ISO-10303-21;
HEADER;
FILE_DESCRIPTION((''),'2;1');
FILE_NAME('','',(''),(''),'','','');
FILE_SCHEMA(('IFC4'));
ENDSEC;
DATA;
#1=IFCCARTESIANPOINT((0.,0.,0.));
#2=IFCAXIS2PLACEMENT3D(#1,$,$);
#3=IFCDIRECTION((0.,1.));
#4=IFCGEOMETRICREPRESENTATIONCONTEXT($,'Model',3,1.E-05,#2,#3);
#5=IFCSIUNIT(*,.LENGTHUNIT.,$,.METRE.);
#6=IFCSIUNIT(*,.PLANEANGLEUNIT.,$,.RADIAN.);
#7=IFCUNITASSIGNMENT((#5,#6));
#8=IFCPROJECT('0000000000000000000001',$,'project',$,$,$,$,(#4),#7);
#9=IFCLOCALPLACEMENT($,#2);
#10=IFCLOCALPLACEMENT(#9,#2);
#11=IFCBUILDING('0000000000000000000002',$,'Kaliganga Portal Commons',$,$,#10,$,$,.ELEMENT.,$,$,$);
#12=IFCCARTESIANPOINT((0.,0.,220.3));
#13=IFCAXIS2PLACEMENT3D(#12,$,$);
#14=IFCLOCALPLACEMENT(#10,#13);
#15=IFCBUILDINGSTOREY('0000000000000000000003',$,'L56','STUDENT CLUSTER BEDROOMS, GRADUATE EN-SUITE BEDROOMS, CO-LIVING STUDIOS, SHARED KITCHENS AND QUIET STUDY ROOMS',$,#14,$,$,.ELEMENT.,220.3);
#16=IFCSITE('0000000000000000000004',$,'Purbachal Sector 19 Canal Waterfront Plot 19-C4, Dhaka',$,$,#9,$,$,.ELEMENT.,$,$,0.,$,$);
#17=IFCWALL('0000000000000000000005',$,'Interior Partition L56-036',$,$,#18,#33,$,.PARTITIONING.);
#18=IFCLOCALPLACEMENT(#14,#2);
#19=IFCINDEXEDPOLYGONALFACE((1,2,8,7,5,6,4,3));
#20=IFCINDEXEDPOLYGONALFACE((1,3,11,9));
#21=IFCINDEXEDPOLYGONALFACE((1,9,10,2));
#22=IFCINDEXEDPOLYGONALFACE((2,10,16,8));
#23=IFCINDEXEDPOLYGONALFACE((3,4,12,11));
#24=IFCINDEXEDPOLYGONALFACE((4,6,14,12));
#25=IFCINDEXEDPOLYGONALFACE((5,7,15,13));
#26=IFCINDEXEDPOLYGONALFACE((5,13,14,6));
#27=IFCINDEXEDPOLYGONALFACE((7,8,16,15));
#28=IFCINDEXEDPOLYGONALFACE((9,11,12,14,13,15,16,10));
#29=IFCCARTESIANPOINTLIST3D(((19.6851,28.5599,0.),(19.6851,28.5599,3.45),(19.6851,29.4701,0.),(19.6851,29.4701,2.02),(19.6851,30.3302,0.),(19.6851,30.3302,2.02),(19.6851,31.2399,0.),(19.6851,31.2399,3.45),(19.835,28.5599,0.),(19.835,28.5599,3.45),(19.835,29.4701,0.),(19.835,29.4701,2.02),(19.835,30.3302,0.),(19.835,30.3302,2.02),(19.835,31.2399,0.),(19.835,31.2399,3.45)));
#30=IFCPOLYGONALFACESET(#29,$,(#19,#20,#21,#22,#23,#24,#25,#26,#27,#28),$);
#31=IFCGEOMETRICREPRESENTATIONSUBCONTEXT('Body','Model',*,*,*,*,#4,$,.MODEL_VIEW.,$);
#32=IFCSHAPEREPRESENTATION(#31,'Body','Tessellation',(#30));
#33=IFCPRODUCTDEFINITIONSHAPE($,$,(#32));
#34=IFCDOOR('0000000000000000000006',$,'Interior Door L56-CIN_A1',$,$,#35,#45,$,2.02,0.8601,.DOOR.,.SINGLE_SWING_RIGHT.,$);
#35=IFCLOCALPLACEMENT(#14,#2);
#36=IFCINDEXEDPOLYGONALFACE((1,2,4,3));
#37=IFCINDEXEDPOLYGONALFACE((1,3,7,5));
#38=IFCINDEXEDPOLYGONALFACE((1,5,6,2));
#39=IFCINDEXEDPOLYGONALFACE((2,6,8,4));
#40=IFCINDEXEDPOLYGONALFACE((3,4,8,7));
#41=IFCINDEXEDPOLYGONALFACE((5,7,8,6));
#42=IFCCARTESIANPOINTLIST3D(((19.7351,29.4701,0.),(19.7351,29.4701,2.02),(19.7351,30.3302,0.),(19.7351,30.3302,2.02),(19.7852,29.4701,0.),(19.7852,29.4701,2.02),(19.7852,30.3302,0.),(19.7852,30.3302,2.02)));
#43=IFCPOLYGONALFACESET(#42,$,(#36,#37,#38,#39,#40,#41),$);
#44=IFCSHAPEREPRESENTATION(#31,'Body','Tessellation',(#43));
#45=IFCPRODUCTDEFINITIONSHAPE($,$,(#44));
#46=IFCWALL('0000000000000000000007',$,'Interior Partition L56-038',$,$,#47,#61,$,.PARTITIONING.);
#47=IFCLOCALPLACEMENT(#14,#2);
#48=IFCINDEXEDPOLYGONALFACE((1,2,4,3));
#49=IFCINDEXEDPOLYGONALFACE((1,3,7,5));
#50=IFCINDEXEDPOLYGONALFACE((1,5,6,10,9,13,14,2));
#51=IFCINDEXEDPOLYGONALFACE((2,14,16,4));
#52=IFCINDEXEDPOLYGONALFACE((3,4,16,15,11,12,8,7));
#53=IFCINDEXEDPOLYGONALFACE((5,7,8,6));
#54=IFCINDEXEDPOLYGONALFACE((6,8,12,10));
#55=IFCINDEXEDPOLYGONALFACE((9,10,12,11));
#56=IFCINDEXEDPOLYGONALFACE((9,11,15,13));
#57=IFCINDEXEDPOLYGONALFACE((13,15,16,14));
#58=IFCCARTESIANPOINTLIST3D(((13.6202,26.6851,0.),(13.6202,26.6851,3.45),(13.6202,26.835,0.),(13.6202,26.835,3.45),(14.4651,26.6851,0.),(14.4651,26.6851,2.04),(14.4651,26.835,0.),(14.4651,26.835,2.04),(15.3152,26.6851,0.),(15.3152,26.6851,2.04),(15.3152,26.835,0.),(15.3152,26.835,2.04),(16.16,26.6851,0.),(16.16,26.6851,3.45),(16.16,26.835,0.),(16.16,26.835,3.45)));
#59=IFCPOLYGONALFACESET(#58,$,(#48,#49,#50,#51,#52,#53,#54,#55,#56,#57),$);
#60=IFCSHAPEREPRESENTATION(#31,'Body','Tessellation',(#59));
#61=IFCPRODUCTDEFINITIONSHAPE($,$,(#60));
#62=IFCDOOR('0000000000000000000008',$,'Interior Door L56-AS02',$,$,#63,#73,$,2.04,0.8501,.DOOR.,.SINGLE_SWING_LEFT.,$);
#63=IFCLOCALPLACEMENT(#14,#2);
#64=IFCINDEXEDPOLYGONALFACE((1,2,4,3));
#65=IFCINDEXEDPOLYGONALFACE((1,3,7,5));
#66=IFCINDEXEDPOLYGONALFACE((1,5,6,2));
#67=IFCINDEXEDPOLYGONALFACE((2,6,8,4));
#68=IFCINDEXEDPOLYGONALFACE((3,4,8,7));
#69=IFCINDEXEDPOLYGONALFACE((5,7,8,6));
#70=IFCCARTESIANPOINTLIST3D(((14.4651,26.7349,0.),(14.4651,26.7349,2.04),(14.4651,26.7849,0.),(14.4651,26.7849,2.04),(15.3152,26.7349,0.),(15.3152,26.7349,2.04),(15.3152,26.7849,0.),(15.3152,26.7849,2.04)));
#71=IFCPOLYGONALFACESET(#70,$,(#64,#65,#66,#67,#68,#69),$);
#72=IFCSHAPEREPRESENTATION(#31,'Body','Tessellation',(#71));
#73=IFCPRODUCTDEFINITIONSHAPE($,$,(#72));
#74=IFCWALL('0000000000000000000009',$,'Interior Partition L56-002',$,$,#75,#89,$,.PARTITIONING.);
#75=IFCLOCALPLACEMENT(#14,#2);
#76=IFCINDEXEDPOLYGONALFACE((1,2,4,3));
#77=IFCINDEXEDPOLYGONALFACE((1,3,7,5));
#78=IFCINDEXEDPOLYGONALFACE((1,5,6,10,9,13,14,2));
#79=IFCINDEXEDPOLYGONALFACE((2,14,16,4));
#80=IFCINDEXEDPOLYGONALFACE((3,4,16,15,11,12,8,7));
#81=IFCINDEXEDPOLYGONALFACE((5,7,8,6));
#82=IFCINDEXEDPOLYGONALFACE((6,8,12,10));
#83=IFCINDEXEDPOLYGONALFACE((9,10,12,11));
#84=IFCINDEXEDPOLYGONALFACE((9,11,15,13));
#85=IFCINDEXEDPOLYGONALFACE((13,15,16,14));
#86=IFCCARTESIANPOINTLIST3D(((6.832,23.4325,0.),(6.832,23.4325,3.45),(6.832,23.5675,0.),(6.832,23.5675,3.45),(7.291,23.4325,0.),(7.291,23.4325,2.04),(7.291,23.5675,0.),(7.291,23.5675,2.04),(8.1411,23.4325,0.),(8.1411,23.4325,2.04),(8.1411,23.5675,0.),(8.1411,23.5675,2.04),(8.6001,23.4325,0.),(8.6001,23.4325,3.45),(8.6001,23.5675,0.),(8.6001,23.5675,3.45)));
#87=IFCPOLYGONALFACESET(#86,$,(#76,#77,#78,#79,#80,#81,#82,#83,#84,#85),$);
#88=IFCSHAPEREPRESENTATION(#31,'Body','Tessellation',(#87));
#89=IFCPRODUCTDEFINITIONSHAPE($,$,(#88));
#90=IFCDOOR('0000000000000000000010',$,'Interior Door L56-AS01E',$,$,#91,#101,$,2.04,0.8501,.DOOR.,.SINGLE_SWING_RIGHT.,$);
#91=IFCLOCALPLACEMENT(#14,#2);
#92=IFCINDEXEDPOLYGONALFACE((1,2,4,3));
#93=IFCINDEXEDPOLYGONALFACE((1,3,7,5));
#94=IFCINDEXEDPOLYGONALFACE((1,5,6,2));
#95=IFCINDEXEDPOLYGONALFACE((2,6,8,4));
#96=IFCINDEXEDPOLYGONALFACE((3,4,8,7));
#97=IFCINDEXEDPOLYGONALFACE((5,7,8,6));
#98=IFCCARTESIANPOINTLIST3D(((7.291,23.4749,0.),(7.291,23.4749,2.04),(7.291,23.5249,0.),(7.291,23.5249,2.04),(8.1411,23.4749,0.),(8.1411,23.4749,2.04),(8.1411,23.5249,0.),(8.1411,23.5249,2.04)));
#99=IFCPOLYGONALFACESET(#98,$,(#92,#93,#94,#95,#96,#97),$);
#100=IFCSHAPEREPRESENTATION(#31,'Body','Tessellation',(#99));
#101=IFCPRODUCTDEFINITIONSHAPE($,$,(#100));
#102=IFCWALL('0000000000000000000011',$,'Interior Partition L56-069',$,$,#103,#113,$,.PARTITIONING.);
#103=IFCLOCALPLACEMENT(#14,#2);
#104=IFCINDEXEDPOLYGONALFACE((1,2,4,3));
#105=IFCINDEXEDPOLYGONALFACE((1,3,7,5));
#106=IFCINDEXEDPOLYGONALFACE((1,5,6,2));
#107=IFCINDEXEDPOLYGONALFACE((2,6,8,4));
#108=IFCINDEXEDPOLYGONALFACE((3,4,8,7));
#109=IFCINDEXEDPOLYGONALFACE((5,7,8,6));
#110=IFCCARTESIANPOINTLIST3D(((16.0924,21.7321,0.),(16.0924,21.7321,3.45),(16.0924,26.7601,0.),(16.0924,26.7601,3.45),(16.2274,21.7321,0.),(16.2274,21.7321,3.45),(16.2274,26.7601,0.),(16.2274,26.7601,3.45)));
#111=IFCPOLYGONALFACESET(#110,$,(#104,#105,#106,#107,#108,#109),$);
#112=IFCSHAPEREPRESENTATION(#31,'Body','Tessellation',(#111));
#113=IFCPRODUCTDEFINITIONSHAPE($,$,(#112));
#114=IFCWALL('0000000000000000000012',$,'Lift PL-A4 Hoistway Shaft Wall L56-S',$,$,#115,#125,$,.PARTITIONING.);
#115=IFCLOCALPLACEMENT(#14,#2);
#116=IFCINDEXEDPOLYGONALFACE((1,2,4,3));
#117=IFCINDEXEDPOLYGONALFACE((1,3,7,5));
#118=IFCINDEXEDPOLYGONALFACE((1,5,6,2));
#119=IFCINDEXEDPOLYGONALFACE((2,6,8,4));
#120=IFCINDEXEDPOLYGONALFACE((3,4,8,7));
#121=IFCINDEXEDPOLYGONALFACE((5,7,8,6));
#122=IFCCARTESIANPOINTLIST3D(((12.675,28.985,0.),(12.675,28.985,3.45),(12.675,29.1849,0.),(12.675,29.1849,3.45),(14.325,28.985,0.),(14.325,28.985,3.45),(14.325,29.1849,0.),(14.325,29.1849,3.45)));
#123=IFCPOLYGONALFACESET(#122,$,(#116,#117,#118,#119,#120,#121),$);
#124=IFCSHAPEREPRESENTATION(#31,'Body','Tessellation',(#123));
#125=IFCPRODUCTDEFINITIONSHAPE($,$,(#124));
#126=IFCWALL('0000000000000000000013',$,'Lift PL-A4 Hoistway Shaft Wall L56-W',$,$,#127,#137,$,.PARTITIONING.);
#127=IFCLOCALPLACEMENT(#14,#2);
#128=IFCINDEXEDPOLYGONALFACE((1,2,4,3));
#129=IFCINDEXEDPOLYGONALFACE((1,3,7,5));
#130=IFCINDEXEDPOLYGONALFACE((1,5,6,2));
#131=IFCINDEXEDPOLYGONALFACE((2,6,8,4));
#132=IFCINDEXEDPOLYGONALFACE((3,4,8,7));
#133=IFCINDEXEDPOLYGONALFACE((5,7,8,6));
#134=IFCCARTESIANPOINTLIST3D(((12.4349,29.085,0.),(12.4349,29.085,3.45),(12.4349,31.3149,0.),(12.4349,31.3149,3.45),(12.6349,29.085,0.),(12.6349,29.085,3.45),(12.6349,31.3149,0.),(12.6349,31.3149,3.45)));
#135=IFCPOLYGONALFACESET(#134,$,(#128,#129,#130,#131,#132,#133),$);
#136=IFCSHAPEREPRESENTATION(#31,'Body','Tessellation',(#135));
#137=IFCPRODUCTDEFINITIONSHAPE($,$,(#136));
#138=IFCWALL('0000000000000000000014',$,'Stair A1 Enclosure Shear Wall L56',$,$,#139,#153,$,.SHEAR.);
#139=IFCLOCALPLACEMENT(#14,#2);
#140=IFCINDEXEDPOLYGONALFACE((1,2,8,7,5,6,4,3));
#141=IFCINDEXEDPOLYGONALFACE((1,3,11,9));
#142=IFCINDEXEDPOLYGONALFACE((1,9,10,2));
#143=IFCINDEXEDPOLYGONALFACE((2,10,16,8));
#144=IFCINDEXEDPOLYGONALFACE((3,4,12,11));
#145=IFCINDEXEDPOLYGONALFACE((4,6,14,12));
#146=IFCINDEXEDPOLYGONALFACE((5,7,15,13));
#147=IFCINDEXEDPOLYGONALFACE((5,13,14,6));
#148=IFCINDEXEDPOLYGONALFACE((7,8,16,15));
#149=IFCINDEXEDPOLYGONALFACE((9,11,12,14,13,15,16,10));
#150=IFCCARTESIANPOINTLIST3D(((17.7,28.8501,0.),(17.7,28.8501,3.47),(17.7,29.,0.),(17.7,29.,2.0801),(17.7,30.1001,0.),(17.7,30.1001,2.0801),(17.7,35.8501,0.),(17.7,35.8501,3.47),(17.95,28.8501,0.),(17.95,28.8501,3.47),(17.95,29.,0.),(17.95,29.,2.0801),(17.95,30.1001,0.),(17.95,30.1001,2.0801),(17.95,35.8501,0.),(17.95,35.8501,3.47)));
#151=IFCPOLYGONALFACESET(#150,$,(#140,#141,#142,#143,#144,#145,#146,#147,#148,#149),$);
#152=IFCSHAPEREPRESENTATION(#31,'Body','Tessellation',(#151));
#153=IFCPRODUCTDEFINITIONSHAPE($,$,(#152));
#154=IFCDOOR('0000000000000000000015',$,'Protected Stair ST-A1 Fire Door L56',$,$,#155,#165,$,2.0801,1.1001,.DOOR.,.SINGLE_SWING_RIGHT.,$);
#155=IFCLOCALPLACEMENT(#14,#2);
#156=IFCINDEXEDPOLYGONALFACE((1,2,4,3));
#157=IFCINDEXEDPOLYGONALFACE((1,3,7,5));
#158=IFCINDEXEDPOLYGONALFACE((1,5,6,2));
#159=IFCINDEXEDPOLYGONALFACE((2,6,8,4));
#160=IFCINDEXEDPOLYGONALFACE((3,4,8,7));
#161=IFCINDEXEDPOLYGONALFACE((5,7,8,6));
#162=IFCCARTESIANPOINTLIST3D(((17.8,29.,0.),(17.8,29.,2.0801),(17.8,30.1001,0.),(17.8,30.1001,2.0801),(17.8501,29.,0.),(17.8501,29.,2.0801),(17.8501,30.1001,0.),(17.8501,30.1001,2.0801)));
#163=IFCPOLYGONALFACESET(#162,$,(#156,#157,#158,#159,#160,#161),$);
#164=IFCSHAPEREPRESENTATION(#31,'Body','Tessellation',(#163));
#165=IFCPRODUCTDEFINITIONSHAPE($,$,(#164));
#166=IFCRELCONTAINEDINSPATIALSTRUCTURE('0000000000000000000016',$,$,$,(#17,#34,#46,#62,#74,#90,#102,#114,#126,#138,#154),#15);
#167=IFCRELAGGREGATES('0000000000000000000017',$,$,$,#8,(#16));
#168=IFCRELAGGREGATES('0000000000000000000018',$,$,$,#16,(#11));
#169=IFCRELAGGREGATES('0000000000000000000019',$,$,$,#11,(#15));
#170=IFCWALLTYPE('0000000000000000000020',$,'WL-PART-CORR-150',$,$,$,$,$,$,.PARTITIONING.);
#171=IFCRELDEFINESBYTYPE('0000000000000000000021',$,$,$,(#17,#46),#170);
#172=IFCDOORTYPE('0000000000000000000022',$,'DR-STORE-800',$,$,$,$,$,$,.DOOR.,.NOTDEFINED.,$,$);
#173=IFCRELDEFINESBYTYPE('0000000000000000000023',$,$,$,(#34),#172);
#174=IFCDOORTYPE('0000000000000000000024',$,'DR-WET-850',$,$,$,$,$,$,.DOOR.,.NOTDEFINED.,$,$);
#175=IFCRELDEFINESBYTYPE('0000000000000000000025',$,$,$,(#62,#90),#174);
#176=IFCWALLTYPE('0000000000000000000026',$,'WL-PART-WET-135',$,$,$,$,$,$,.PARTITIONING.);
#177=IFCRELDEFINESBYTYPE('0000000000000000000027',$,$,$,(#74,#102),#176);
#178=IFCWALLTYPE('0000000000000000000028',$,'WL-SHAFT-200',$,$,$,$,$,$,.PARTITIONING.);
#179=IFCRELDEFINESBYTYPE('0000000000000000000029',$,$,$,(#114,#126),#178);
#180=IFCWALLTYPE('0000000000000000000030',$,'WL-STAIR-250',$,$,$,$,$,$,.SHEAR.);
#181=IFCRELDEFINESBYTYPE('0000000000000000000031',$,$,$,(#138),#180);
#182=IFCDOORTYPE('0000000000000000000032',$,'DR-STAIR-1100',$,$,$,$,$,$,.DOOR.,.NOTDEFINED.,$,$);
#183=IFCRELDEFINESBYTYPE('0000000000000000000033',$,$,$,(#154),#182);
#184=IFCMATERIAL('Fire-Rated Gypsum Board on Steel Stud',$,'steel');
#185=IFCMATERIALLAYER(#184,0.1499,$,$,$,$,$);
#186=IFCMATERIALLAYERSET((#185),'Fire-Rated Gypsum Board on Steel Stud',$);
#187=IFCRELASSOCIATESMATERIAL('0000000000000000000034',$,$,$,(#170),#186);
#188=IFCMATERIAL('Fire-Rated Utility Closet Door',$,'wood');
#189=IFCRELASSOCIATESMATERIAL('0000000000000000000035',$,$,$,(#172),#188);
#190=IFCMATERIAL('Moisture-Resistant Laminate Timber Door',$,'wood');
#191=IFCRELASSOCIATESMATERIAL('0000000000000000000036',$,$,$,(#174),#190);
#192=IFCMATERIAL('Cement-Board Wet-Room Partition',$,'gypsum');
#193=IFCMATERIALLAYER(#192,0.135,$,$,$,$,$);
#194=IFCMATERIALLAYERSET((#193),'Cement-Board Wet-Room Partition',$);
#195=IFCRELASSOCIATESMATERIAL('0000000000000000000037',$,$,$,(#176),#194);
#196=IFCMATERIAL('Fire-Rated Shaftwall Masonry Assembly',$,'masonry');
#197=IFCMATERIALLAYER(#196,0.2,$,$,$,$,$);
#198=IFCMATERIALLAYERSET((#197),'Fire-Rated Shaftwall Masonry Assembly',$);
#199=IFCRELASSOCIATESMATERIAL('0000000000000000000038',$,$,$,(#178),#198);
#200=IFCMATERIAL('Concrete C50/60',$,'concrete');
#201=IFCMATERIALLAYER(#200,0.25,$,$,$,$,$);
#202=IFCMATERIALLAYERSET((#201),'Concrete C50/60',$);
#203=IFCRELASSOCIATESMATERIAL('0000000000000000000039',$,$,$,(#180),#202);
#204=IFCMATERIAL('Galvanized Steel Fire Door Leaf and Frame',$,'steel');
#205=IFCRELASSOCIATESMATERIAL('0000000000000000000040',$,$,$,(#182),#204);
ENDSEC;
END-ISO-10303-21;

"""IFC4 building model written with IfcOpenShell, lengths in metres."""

from ifc_helpers import new_model, si_unit, direction, frame, frame_2d, origin, place, context, subcontext, project, spatial, rectangle, extrude, material, layer, layer_set, type_object, element, fill, save


model = new_model("IFC4")

# Units and contexts
model_context = context("Model", 3, precision=1e-05, world=origin(), true_north=direction((0.0, 1.0)))
body_context = subcontext(model_context, "Body", "Model", "MODEL_VIEW")
ifc_project = project(units=[si_unit("LENGTHUNIT", "METRE"), si_unit("PLANEANGLEUNIT", "RADIAN")], contexts=[model_context])

# Site, building, storey
site_placement = place(None, origin())
site = spatial("IfcSite", under=ifc_project, at=site_placement, Name="Purbachal Sector 19 Canal Waterfront Plot 19-C4, Dhaka", CompositionType="ELEMENT", RefElevation=0.0)
building_placement = place(site_placement, origin())
building = spatial("IfcBuilding", under=site, at=building_placement, Name="Kaliganga Portal Commons", CompositionType="ELEMENT")
storey_placement = place(building_placement, frame((0.0, 0.0, 220.3)))
storey = spatial("IfcBuildingStorey", under=building, at=storey_placement, Name="L56", Description="STUDENT CLUSTER BEDROOMS, GRADUATE EN-SUITE BEDROOMS, CO-LIVING STUDIOS, SHARED KITCHENS AND QUIET STUDY ROOMS", CompositionType="ELEMENT", Elevation=220.3)

# Shared definitions
ifc_material_1 = material(Name="Concrete C50/60", Category="concrete")

# Walls, openings, doors
ifc_material_2 = material(Name="Fire-Rated Gypsum Board on Steel Stud", Category="steel")
ifc_layer_1 = layer(ifc_material_2, 0.1499)
ifc_layer_set_1 = layer_set([ifc_layer_1], Name="Fire-Rated Gypsum Board on Steel Stud")
wall_type_1 = type_object("IfcWallType", Name="WL-PART-CORR-150", PredefinedType="PARTITIONING", material=ifc_layer_set_1)
wall_1_placement = place(storey_placement, frame((19.76, 28.5601, 0.0), z_axis=(0.0, 0.0, 1.0), x_axis=(0.0, 1.0, 0.0)))
wall_1 = element("IfcWall", 1, at=wall_1_placement, inside=storey, type_object=wall_type_1, Name="Interior Partition L56-036", PredefinedType="PARTITIONING", context=body_context, shape_type="SweptSolid", body=[
    extrude(rectangle(XDim=2.6799, YDim=0.1499, at=frame_2d((1.3398, 0.0))), origin(), (0.0, 0.0, 1.0), 3.45),
])
opening_1_placement = place(wall_1_placement, frame((0.9099, 0.0, 0.0)))
opening_1 = element("IfcOpeningElement", 2, at=opening_1_placement, cuts=wall_1, PredefinedType="OPENING", context=body_context, shape_type="SweptSolid", body=[
    extrude(rectangle(XDim=0.8601, YDim=2.02, at=frame_2d((0.4302, 1.01))), frame((0.0, 0.085, 0.0), z_axis=(0.0, -1.0, 0.0), x_axis=(1.0, 0.0, 0.0)), (0.0, 0.0, 1.0), 0.1699),
])
ifc_material_3 = material(Name="Fire-Rated Utility Closet Door", Category="wood")
door_type_1 = type_object("IfcDoorType", Name="DR-STORE-800", OperationType="NOTDEFINED", PredefinedType="DOOR", material=ifc_material_3)
door_1_placement = place(opening_1_placement, origin())
door_1 = element("IfcDoor", 3, at=door_1_placement, inside=storey, type_object=door_type_1, Name="Interior Door L56-CIN_A1", OperationType="SINGLE_SWING_RIGHT", OverallHeight=2.02, OverallWidth=0.8601, PredefinedType="DOOR", context=body_context, shape_type="SweptSolid", body=[
    extrude(rectangle(XDim=0.8601, YDim=2.02, at=frame_2d((0.4302, 1.01))), frame((0.0, 0.0249, 0.0), z_axis=(0.0, -1.0, 0.0), x_axis=(1.0, 0.0, 0.0)), (0.0, 0.0, 1.0), 0.05),
])
fill(opening_1, door_1)
wall_2_placement = place(storey_placement, frame((13.6201, 26.76, 0.0), z_axis=(0.0, 0.0, 1.0), x_axis=(1.0, 0.0, 0.0)))
wall_2 = element("IfcWall", 4, at=wall_2_placement, inside=storey, type_object=wall_type_1, Name="Interior Partition L56-038", PredefinedType="PARTITIONING", context=body_context, shape_type="SweptSolid", body=[
    extrude(rectangle(XDim=2.5398, YDim=0.1499, at=frame_2d((1.27, 0.0))), origin(), (0.0, 0.0, 1.0), 3.45),
])
opening_2_placement = place(wall_2_placement, frame((0.845, 0.0, 0.0)))
opening_2 = element("IfcOpeningElement", 5, at=opening_2_placement, cuts=wall_2, PredefinedType="OPENING", context=body_context, shape_type="SweptSolid", body=[
    extrude(rectangle(XDim=0.8501, YDim=2.04, at=frame_2d((0.425, 1.02))), frame((0.0, 0.085, 0.0), z_axis=(0.0, -1.0, 0.0), x_axis=(1.0, 0.0, 0.0)), (0.0, 0.0, 1.0), 0.1699),
])
ifc_material_4 = material(Name="Moisture-Resistant Laminate Timber Door", Category="wood")
door_type_2 = type_object("IfcDoorType", Name="DR-WET-850", OperationType="NOTDEFINED", PredefinedType="DOOR", material=ifc_material_4)
door_2_placement = place(opening_2_placement, origin())
door_2 = element("IfcDoor", 6, at=door_2_placement, inside=storey, type_object=door_type_2, Name="Interior Door L56-AS02", OperationType="SINGLE_SWING_LEFT", OverallHeight=2.04, OverallWidth=0.8501, PredefinedType="DOOR", context=body_context, shape_type="SweptSolid", body=[
    extrude(rectangle(XDim=0.8501, YDim=2.04, at=frame_2d((0.425, 1.02))), frame((0.0, 0.0249, 0.0), z_axis=(0.0, -1.0, 0.0), x_axis=(1.0, 0.0, 0.0)), (0.0, 0.0, 1.0), 0.05),
])
fill(opening_2, door_2)
ifc_material_5 = material(Name="Cement-Board Wet-Room Partition", Category="gypsum")
ifc_layer_2 = layer(ifc_material_5, 0.135)
ifc_layer_set_2 = layer_set([ifc_layer_2], Name="Cement-Board Wet-Room Partition")
wall_type_2 = type_object("IfcWallType", Name="WL-PART-WET-135", PredefinedType="PARTITIONING", material=ifc_layer_set_2)
wall_3_placement = place(storey_placement, frame((6.832, 23.5, 0.0), z_axis=(0.0, 0.0, 1.0), x_axis=(1.0, 0.0, 0.0)))
wall_3 = element("IfcWall", 7, at=wall_3_placement, inside=storey, type_object=wall_type_2, Name="Interior Partition L56-002", PredefinedType="PARTITIONING", context=body_context, shape_type="SweptSolid", body=[
    extrude(rectangle(XDim=1.7681, YDim=0.135, at=frame_2d((0.884, 0.0))), origin(), (0.0, 0.0, 1.0), 3.45),
])
opening_3_placement = place(wall_3_placement, frame((0.459, 0.0, 0.0)))
opening_3 = element("IfcOpeningElement", 8, at=opening_3_placement, cuts=wall_3, PredefinedType="OPENING", context=body_context, shape_type="SweptSolid", body=[
    extrude(rectangle(XDim=0.8501, YDim=2.04, at=frame_2d((0.425, 1.02))), frame((0.0, 0.0776, 0.0), z_axis=(0.0, -1.0, 0.0), x_axis=(1.0, 0.0, 0.0)), (0.0, 0.0, 1.0), 0.155),
])
door_3_placement = place(opening_3_placement, origin())
door_3 = element("IfcDoor", 9, at=door_3_placement, inside=storey, type_object=door_type_2, Name="Interior Door L56-AS01E", OperationType="SINGLE_SWING_RIGHT", OverallHeight=2.04, OverallWidth=0.8501, PredefinedType="DOOR", context=body_context, shape_type="SweptSolid", body=[
    extrude(rectangle(XDim=0.8501, YDim=2.04, at=frame_2d((0.425, 1.02))), frame((0.0, 0.0249, 0.0), z_axis=(0.0, -1.0, 0.0), x_axis=(1.0, 0.0, 0.0)), (0.0, 0.0, 1.0), 0.05),
])
fill(opening_3, door_3)

# Walls
wall_4_placement = place(storey_placement, frame((16.1599, 21.7319, 0.0), z_axis=(0.0, 0.0, 1.0), x_axis=(0.0, 1.0, 0.0)))
element("IfcWall", 10, at=wall_4_placement, inside=storey, type_object=wall_type_2, Name="Interior Partition L56-069", PredefinedType="PARTITIONING", context=body_context, shape_type="SweptSolid", body=[
    extrude(rectangle(XDim=5.0281, YDim=0.135, at=frame_2d((2.5142, 0.0))), origin(), (0.0, 0.0, 1.0), 3.45),
])
ifc_material_6 = material(Name="Fire-Rated Shaftwall Masonry Assembly", Category="masonry")
ifc_layer_3 = layer(ifc_material_6, 0.2)
ifc_layer_set_3 = layer_set([ifc_layer_3], Name="Fire-Rated Shaftwall Masonry Assembly")
wall_type_3 = type_object("IfcWallType", Name="WL-SHAFT-200", PredefinedType="PARTITIONING", material=ifc_layer_set_3)
wall_5_placement = place(storey_placement, frame((12.675, 29.085, 0.0), z_axis=(0.0, 0.0, 1.0), x_axis=(1.0, 0.0, 0.0)))
element("IfcWall", 11, at=wall_5_placement, inside=storey, type_object=wall_type_3, Name="Lift PL-A4 Hoistway Shaft Wall L56-S", PredefinedType="PARTITIONING", context=body_context, shape_type="SweptSolid", body=[
    extrude(rectangle(XDim=1.6499, YDim=0.2, at=frame_2d((0.825, 0.0))), origin(), (0.0, 0.0, 1.0), 3.45),
])
wall_6_placement = place(storey_placement, frame((12.5349, 29.085, 0.0), z_axis=(0.0, 0.0, 1.0), x_axis=(0.0, 1.0, 0.0)))
element("IfcWall", 12, at=wall_6_placement, inside=storey, type_object=wall_type_3, Name="Lift PL-A4 Hoistway Shaft Wall L56-W", PredefinedType="PARTITIONING", context=body_context, shape_type="SweptSolid", body=[
    extrude(rectangle(XDim=2.23, YDim=0.2, at=frame_2d((1.115, 0.0))), origin(), (0.0, 0.0, 1.0), 3.45),
])

# Wall, opening, door
ifc_layer_4 = layer(ifc_material_1, 0.25)
ifc_layer_set_4 = layer_set([ifc_layer_4], Name="Concrete C50/60")
wall_type_4 = type_object("IfcWallType", Name="WL-STAIR-250", PredefinedType="SHEAR", material=ifc_layer_set_4)
wall_7_placement = place(storey_placement, frame((17.825, 28.8501, 0.0), z_axis=(0.0, 0.0, 1.0), x_axis=(0.0, 1.0, 0.0)))
wall_7 = element("IfcWall", 13, at=wall_7_placement, inside=storey, type_object=wall_type_4, Name="Stair A1 Enclosure Shear Wall L56", PredefinedType="SHEAR", context=body_context, shape_type="SweptSolid", body=[
    extrude(rectangle(XDim=7.0, YDim=0.25, at=frame_2d((3.5, 0.0))), origin(), (0.0, 0.0, 1.0), 3.47),
])
opening_4_placement = place(wall_7_placement, frame((0.1499, 0.0, 0.0)))
opening_4 = element("IfcOpeningElement", 14, at=opening_4_placement, cuts=wall_7, PredefinedType="OPENING", context=body_context, shape_type="SweptSolid", body=[
    extrude(rectangle(XDim=1.1001, YDim=2.0801, at=frame_2d((0.55, 1.04))), frame((0.0, 0.135, 0.0), z_axis=(0.0, -1.0, 0.0), x_axis=(1.0, 0.0, 0.0)), (0.0, 0.0, 1.0), 0.27),
])
ifc_material_7 = material(Name="Galvanized Steel Fire Door Leaf and Frame", Category="steel")
door_type_3 = type_object("IfcDoorType", Name="DR-STAIR-1100", OperationType="NOTDEFINED", PredefinedType="DOOR", material=ifc_material_7)
door_4_placement = place(opening_4_placement, origin())
door_4 = element("IfcDoor", 15, at=door_4_placement, inside=storey, type_object=door_type_3, Name="Protected Stair ST-A1 Fire Door L56", OperationType="SINGLE_SWING_RIGHT", OverallHeight=2.0801, OverallWidth=1.1001, PredefinedType="DOOR", context=body_context, shape_type="SweptSolid", body=[
    extrude(rectangle(XDim=1.1001, YDim=2.0801, at=frame_2d((0.55, 1.04))), frame((0.0, 0.0249, 0.0), z_axis=(0.0, -1.0, 0.0), x_axis=(1.0, 0.0, 0.0)), (0.0, 0.0, 1.0), 0.05),
])
fill(opening_4, door_4)

save(model, "model.ifc")
